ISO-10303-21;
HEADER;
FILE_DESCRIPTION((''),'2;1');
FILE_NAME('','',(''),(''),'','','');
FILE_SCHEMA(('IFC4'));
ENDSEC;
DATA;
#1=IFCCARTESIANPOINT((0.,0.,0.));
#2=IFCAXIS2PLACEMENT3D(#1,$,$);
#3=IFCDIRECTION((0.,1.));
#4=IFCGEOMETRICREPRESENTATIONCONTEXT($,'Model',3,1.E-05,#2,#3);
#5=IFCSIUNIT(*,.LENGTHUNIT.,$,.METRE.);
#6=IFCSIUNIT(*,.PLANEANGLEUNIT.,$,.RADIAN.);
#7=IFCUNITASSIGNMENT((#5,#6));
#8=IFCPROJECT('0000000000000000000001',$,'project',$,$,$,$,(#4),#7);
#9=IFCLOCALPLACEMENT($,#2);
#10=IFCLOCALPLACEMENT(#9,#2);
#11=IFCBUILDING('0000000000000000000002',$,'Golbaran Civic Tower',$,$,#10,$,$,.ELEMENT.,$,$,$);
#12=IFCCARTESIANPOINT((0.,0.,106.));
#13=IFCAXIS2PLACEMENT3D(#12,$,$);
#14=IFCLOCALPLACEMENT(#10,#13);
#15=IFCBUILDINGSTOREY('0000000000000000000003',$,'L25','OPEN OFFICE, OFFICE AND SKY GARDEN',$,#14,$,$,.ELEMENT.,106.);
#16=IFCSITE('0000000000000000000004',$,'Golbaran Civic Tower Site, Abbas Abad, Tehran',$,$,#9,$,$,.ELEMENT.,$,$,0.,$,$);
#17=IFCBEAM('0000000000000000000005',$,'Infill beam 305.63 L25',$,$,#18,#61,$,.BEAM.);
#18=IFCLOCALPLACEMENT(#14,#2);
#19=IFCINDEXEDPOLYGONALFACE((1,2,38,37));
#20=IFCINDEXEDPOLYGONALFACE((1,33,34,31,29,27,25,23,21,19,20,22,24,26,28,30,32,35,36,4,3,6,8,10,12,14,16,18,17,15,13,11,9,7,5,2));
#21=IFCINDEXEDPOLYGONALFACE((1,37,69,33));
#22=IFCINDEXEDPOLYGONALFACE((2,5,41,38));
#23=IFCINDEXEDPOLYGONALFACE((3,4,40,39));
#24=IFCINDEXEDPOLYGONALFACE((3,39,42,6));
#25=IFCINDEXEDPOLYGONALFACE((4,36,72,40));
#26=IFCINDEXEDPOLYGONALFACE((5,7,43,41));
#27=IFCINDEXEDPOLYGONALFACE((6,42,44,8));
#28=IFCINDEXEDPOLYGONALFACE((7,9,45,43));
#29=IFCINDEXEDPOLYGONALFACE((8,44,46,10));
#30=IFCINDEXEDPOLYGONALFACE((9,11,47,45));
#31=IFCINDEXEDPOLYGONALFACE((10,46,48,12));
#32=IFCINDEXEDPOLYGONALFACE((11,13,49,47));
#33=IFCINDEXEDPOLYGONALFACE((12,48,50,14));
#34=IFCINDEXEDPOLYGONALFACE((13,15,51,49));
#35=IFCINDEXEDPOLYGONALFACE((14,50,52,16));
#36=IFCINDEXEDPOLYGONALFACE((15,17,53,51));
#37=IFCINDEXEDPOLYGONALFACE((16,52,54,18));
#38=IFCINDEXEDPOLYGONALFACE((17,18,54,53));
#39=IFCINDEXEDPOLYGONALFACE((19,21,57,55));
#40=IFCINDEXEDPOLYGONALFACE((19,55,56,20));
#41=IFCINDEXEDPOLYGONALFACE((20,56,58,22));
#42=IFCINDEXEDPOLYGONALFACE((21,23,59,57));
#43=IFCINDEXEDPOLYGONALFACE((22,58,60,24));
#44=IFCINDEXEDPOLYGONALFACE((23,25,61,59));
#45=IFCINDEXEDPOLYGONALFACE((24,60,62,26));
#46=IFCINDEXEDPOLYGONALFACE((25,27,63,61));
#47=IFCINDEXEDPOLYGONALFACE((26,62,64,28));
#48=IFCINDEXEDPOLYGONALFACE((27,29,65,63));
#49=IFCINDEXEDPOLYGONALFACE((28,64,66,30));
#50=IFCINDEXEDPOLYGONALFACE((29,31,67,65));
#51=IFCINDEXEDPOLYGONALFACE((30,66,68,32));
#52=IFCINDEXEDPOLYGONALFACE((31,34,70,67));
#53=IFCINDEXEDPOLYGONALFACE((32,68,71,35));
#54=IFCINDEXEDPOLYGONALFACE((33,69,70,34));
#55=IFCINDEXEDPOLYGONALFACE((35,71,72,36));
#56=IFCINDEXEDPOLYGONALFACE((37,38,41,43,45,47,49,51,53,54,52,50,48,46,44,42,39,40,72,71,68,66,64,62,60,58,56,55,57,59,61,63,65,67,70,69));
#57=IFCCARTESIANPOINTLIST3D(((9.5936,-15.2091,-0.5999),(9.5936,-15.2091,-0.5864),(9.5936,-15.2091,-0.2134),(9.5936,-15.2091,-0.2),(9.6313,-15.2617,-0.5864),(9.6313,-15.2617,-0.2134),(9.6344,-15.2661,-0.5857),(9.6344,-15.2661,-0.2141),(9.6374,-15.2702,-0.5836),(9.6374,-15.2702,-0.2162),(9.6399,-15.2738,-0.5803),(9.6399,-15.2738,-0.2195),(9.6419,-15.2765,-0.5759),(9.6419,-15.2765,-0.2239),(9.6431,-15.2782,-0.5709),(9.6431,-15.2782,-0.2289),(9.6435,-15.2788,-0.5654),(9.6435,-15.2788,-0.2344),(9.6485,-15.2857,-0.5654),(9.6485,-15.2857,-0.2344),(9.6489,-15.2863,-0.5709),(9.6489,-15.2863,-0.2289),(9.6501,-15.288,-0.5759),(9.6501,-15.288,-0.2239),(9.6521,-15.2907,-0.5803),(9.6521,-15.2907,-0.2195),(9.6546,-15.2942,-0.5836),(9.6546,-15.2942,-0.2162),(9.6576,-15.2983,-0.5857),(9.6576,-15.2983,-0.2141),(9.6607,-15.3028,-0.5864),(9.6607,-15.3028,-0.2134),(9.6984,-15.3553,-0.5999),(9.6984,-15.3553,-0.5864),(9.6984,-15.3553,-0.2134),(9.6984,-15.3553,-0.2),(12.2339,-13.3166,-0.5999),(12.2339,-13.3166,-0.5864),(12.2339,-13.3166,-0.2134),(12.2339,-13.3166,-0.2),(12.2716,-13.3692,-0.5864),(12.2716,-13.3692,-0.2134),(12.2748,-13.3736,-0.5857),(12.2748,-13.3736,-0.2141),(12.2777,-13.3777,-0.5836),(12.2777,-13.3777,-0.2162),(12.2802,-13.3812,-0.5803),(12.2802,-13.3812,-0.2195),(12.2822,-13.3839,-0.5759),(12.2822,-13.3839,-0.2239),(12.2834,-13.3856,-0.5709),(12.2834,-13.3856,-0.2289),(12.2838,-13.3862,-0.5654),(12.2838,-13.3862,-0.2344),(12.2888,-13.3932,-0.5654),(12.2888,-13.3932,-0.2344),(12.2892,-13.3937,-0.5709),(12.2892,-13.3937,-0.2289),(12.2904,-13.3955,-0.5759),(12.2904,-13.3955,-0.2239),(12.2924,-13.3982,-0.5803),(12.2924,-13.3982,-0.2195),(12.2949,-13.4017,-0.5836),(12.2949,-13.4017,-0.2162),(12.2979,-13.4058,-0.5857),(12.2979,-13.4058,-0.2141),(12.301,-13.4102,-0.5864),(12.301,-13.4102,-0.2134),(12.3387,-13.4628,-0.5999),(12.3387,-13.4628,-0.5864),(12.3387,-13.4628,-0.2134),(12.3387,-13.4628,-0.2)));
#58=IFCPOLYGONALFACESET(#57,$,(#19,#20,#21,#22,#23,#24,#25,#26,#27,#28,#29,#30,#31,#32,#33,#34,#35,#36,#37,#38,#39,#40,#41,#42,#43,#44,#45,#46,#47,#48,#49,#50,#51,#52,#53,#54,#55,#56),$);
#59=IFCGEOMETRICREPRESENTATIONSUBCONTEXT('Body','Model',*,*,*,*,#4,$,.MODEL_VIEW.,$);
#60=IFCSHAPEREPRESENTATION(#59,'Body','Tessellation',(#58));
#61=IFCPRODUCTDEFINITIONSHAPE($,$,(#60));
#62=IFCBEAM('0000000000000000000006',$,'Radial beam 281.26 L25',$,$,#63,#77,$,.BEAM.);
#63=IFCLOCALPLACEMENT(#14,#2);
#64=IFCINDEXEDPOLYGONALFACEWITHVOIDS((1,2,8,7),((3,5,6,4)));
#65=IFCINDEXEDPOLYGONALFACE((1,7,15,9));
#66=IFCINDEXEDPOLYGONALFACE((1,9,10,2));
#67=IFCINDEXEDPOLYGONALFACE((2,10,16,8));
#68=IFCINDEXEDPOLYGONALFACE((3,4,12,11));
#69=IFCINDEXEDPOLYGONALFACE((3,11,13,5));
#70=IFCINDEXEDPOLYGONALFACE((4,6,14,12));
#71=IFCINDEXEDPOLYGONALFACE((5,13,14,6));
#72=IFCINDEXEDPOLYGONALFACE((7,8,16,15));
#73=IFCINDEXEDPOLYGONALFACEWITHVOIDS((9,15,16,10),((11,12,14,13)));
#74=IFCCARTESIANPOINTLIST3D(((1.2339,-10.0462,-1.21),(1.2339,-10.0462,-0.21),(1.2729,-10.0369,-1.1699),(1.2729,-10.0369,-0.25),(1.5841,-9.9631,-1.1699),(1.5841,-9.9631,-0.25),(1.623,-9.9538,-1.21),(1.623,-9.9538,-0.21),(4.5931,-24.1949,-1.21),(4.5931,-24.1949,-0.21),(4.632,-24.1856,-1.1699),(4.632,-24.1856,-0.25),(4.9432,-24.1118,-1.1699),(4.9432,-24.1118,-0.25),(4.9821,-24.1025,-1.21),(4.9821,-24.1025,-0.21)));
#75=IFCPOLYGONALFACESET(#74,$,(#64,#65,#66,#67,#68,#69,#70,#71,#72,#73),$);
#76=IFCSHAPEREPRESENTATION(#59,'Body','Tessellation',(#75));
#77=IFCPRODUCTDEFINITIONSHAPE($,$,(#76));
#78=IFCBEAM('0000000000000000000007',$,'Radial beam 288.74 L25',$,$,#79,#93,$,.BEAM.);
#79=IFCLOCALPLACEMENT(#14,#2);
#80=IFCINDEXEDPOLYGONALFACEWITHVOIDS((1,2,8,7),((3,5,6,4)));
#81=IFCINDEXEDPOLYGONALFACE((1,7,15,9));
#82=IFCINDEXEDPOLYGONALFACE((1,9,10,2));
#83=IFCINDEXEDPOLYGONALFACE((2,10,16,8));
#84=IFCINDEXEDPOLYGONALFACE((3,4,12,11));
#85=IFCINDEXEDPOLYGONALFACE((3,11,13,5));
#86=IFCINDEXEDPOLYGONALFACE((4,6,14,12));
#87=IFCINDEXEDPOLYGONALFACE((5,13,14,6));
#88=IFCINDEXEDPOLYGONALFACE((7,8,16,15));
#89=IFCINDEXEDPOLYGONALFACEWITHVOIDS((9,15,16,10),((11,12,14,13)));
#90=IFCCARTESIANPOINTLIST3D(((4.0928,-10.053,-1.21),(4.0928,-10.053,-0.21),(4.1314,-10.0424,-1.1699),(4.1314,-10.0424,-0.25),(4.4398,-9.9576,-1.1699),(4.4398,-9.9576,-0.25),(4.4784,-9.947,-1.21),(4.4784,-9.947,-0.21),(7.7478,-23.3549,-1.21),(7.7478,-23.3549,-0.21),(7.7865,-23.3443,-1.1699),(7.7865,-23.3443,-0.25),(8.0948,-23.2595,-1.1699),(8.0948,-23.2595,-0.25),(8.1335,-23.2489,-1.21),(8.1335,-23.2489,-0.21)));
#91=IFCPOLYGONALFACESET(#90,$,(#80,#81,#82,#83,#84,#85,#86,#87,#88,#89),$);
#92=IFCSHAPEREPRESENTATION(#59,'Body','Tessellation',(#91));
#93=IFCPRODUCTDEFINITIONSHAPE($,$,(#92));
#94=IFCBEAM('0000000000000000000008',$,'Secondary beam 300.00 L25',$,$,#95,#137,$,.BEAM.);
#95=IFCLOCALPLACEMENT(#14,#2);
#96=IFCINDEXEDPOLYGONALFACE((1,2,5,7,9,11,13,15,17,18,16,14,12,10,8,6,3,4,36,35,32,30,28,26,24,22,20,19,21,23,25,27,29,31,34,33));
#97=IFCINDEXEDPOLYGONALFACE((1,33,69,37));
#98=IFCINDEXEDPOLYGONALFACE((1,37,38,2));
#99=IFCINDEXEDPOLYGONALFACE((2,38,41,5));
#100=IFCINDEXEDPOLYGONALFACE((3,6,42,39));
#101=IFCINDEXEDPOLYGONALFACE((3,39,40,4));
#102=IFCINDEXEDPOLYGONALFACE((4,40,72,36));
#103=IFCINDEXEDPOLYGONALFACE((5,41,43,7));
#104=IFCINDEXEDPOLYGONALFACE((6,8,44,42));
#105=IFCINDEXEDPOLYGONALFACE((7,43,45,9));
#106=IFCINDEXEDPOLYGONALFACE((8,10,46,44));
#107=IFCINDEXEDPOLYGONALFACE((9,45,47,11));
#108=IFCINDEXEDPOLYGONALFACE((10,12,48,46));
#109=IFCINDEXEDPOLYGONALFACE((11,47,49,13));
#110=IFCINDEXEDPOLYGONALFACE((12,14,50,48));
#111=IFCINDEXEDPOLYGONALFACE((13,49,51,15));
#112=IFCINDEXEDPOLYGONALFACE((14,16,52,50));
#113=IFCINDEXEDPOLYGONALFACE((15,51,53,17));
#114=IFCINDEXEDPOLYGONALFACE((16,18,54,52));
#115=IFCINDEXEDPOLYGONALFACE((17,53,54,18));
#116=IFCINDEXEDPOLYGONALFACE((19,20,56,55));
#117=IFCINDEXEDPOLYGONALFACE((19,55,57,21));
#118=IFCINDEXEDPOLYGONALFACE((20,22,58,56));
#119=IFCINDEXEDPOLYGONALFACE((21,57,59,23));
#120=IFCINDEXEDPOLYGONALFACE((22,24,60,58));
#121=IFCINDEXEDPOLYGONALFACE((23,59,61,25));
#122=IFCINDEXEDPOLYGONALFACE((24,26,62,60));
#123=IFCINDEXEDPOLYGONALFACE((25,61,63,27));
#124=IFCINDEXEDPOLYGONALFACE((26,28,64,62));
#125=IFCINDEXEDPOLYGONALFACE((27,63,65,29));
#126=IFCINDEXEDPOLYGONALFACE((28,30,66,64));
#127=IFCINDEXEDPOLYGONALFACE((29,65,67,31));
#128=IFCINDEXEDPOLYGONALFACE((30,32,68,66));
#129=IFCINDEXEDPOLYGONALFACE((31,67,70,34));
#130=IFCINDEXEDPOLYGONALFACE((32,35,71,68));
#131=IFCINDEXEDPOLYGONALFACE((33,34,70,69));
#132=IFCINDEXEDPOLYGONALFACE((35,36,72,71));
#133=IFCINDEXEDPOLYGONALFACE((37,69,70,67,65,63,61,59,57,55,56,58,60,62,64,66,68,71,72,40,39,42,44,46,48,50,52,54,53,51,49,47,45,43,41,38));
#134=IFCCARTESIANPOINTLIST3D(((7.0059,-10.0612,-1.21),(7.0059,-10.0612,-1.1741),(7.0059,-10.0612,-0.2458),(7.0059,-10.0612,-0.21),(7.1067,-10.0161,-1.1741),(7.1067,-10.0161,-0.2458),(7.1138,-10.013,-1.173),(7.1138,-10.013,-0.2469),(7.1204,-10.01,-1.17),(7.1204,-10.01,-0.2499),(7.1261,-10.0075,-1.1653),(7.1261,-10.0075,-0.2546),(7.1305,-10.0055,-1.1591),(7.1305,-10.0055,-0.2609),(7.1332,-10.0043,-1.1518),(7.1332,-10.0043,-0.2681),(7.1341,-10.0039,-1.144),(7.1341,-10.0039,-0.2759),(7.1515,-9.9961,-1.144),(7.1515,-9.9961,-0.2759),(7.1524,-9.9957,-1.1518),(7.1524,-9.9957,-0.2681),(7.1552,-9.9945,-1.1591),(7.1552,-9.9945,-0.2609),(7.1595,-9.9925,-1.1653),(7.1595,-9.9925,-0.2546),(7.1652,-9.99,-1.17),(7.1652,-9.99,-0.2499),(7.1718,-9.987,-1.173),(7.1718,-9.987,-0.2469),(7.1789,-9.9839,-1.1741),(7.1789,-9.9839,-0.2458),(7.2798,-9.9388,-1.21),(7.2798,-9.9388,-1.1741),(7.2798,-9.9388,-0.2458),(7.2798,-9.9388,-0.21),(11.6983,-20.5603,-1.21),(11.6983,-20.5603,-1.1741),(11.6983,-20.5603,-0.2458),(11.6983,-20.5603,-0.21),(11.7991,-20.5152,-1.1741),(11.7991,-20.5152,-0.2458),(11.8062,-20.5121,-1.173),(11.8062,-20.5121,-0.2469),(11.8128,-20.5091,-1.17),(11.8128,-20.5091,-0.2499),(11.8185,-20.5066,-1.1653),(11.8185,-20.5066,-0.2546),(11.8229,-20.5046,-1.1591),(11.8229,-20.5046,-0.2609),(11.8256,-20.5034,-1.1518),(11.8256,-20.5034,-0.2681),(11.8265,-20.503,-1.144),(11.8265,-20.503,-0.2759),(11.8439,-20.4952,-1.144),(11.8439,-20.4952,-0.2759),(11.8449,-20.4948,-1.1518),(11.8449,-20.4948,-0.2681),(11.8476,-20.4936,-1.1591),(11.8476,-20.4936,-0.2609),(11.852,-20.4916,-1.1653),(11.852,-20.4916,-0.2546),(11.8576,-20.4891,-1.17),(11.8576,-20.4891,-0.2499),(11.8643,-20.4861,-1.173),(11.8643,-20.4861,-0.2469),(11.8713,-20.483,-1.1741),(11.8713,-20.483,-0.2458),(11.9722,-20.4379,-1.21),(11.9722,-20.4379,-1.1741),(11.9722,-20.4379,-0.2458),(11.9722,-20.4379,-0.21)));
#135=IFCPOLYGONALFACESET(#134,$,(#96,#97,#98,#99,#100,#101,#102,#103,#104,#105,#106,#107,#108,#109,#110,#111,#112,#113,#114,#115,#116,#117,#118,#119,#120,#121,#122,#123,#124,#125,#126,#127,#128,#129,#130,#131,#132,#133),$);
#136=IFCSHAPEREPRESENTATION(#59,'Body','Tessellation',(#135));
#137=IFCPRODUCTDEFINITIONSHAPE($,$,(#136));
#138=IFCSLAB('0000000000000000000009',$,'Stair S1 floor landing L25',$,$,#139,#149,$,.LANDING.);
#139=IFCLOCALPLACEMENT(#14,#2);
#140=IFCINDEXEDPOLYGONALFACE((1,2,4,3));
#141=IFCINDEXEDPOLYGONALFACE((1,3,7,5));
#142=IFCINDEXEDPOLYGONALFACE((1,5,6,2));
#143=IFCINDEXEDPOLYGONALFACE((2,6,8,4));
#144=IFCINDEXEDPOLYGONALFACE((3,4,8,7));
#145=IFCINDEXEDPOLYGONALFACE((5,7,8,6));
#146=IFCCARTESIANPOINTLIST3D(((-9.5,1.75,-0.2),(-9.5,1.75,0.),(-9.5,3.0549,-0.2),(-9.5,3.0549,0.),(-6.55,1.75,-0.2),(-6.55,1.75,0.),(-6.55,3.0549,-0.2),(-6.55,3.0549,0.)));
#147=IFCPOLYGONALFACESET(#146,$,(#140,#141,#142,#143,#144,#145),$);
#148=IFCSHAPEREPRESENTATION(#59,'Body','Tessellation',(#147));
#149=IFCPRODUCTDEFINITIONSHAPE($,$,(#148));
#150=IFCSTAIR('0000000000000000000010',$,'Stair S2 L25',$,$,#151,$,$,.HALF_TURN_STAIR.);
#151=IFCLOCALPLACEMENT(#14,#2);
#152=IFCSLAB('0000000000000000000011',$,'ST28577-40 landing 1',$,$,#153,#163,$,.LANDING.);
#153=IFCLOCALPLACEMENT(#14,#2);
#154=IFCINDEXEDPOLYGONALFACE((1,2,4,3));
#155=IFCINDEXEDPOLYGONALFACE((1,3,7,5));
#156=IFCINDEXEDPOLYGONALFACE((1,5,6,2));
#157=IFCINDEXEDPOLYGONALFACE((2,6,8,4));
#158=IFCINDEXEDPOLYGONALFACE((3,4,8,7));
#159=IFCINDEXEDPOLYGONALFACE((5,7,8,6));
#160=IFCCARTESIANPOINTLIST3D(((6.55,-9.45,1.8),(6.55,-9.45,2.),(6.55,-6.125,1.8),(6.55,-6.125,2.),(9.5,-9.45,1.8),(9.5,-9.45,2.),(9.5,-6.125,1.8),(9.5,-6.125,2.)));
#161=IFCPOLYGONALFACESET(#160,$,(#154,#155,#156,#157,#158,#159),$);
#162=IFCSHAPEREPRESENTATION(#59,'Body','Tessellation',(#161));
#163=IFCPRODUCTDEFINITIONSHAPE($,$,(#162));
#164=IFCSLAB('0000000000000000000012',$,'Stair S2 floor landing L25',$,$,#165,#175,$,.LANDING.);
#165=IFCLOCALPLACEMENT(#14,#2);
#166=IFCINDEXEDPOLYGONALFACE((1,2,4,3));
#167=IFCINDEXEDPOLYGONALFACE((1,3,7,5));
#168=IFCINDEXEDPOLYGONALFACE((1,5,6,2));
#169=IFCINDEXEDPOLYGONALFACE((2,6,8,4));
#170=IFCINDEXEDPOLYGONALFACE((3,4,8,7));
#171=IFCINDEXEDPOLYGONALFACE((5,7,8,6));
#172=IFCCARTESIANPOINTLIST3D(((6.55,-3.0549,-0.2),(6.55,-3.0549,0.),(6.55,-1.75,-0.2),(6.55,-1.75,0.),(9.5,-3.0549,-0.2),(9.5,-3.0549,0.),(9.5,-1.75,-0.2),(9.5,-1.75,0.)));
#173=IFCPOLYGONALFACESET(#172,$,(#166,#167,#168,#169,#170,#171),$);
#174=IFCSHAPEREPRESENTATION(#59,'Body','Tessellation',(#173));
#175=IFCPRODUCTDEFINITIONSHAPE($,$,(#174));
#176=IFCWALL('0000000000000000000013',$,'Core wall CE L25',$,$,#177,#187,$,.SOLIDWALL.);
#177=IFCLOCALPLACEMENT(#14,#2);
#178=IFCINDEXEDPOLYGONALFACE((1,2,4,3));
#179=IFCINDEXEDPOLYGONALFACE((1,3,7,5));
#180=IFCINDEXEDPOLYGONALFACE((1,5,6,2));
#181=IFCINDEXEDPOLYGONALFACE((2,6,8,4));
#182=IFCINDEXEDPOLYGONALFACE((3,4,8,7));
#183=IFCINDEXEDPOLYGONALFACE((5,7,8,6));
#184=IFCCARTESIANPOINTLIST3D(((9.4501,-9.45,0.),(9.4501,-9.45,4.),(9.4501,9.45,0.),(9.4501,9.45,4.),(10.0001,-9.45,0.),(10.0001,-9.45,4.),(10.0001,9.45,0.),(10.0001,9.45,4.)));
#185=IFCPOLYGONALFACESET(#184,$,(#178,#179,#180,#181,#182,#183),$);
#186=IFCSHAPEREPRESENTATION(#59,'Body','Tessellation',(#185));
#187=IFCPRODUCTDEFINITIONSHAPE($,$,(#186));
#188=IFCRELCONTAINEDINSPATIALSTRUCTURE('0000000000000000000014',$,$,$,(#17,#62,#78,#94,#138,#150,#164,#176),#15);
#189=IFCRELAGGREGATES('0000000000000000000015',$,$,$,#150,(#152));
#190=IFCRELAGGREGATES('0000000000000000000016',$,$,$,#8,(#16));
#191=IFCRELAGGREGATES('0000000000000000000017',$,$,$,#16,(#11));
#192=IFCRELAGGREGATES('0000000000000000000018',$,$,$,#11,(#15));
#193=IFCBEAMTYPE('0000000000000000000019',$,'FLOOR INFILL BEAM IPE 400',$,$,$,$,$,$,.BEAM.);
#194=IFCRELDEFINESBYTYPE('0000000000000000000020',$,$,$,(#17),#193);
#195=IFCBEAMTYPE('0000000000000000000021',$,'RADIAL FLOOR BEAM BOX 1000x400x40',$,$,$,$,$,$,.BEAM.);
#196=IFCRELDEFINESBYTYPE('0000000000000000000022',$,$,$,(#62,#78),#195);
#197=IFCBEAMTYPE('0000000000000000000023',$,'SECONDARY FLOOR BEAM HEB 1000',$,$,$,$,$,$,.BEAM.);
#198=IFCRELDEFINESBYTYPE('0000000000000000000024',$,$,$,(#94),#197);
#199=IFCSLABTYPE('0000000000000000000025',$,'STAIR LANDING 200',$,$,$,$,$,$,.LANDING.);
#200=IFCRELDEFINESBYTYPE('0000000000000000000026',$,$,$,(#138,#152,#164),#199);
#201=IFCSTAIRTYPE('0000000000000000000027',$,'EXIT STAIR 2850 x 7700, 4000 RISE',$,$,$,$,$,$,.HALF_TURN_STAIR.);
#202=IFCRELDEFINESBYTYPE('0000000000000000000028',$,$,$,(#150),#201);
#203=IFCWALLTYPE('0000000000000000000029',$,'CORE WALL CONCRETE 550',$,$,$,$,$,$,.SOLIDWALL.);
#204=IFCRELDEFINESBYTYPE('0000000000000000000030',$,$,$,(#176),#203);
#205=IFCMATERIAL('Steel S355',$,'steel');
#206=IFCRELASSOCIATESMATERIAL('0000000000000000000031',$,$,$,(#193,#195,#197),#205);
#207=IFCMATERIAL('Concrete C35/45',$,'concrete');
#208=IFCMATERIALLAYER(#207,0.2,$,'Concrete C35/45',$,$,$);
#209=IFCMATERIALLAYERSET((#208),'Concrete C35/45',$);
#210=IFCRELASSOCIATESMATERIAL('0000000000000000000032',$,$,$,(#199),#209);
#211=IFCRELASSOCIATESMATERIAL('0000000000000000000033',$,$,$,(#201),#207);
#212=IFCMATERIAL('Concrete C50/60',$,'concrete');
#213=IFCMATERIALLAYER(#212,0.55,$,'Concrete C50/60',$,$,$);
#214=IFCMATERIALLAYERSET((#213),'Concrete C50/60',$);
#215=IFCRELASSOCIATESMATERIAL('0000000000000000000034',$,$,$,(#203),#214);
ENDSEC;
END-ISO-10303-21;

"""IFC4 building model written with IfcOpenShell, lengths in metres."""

from ifc_helpers import new_model, si_unit, direction, frame, frame_2d, origin, origin_2d, place, context, subcontext, project, spatial, polyline, rectangle, hollow_rectangle, i_section, outline, extrude, material, layer, layer_set, material_profile, profile_set, type_object, element, aggregate, save


model = new_model("IFC4")

# Units and contexts
model_context = context("Model", 3, precision=1e-05, world=origin(), true_north=direction((0.0, 1.0)))
body_context = subcontext(model_context, "Body", "Model", "MODEL_VIEW")
ifc_project = project(units=[si_unit("LENGTHUNIT", "METRE"), si_unit("PLANEANGLEUNIT", "RADIAN")], contexts=[model_context])

# Site, building, storey
site_placement = place(None, origin())
site = spatial("IfcSite", under=ifc_project, at=site_placement, Name="Golbaran Civic Tower Site, Abbas Abad, Tehran", CompositionType="ELEMENT", RefElevation=0.0)
building_placement = place(site_placement, origin())
building = spatial("IfcBuilding", under=site, at=building_placement, Name="Golbaran Civic Tower", CompositionType="ELEMENT")
storey_placement = place(building_placement, frame((0.0, 0.0, 106.0)))
storey = spatial("IfcBuildingStorey", under=building, at=storey_placement, Name="L25", Description="OPEN OFFICE, OFFICE AND SKY GARDEN", CompositionType="ELEMENT", Elevation=106.0)

# Beams
ifc_material_1 = material(Name="Steel S355", Category="steel")
ifc_material_profile_1 = material_profile(ifc_material_1, i_section(OverallWidth=0.1799, OverallDepth=0.3999, WebThickness=0.0085, FlangeThickness=0.0134, FilletRadius=0.021, at=origin_2d()), Name="IPE 400")
ifc_profile_set_1 = profile_set([ifc_material_profile_1], Name="Steel S355")
beam_type_1 = type_object("IfcBeamType", Name="FLOOR INFILL BEAM IPE 400", PredefinedType="BEAM", material=ifc_profile_set_1)
beam_1_placement = place(storey_placement, frame((9.646, -15.2822, -0.3999), z_axis=(0.812773, 0.582581, 0.0), x_axis=(-0.582581, 0.812773, 0.0)))
element("IfcBeam", 1, at=beam_1_placement, inside=storey, type_object=beam_type_1, Name="Infill beam 305.63 L25", PredefinedType="BEAM", context=body_context, shape_type="SweptSolid", body=[
    extrude(i_section(OverallWidth=0.1799, OverallDepth=0.3999, WebThickness=0.0085, FlangeThickness=0.0134, FilletRadius=0.021, at=origin_2d()), origin(), (0.0, 0.0, 1.0), 3.2485),
])
ifc_material_profile_2 = material_profile(ifc_material_1, hollow_rectangle(XDim=0.3999, YDim=1.0, WallThickness=0.04, at=origin_2d()), Name="BOX 1000x400x40")
ifc_profile_set_2 = profile_set([ifc_material_profile_2], Name="Steel S355")
beam_type_2 = type_object("IfcBeamType", Name="RADIAL FLOOR BEAM BOX 1000x400x40", PredefinedType="BEAM", material=ifc_profile_set_2)
beam_2_placement = place(storey_placement, frame((1.4285, -10.0, -0.71), z_axis=(0.230996, -0.972955, 0.0), x_axis=(0.972955, 0.230996, 0.0)))
element("IfcBeam", 2, at=beam_2_placement, inside=storey, type_object=beam_type_2, Name="Radial beam 281.26 L25", PredefinedType="BEAM", context=body_context, shape_type="SweptSolid", body=[
    extrude(hollow_rectangle(XDim=0.3999, YDim=1.0, WallThickness=0.04, at=origin_2d()), origin(), (0.0, 0.0, 1.0), 14.542),
])
beam_3_placement = place(storey_placement, frame((4.2856, -10.0, -0.71), z_axis=(0.264953, -0.964261, 0.0), x_axis=(0.964261, 0.264953, 0.0)))
element("IfcBeam", 3, at=beam_3_placement, inside=storey, type_object=beam_type_2, Name="Radial beam 288.74 L25", PredefinedType="BEAM", context=body_context, shape_type="SweptSolid", body=[
    extrude(hollow_rectangle(XDim=0.3999, YDim=1.0, WallThickness=0.04, at=origin_2d()), origin(), (0.0, 0.0, 1.0), 13.7949),
])
ifc_material_profile_3 = material_profile(ifc_material_1, i_section(OverallWidth=0.3, OverallDepth=1.0, WebThickness=0.019, FlangeThickness=0.0359, FilletRadius=0.03, at=origin_2d()), Name="HEB 1000")
ifc_profile_set_3 = profile_set([ifc_material_profile_3], Name="Steel S355")
beam_type_3 = type_object("IfcBeamType", Name="SECONDARY FLOOR BEAM HEB 1000", PredefinedType="BEAM", material=ifc_profile_set_3)
beam_4_placement = place(storey_placement, frame((7.1428, -10.0, -0.71), z_axis=(0.408036, -0.912966, 0.0), x_axis=(0.912966, 0.408036, 0.0)))
element("IfcBeam", 4, at=beam_4_placement, inside=storey, type_object=beam_type_3, Name="Secondary beam 300.00 L25", PredefinedType="BEAM", context=body_context, shape_type="SweptSolid", body=[
    extrude(i_section(OverallWidth=0.3, OverallDepth=1.0, WebThickness=0.019, FlangeThickness=0.0359, FilletRadius=0.03, at=origin_2d()), origin(), (0.0, 0.0, 1.0), 11.5),
])

# Slab
ifc_material_2 = material(Name="Concrete C35/45", Category="concrete")
ifc_layer_1 = layer(ifc_material_2, 0.2, Name="Concrete C35/45")
ifc_layer_set_1 = layer_set([ifc_layer_1], Name="Concrete C35/45")
slab_type = type_object("IfcSlabType", Name="STAIR LANDING 200", PredefinedType="LANDING", material=ifc_layer_set_1)
slab_1_placement = place(storey_placement, frame((0.0, 0.0, -0.2)))
element("IfcSlab", 5, at=slab_1_placement, inside=storey, type_object=slab_type, Name="Stair S1 floor landing L25", PredefinedType="LANDING", context=body_context, shape_type="SweptSolid", body=[
    extrude(outline(polyline([(-9.5, 1.75), (-9.5, 3.0549), (-6.55, 3.0549), (-6.55, 1.75), (-9.5, 1.75)])), origin(), (0.0, 0.0, 1.0), 0.2),
])

# Stair, slab
stair_type = type_object("IfcStairType", Name="EXIT STAIR 2850 x 7700, 4000 RISE", PredefinedType="HALF_TURN_STAIR", material=ifc_material_2)
stair_placement = place(storey_placement, origin())
stair = element("IfcStair", 6, at=stair_placement, inside=storey, type_object=stair_type, Name="Stair S2 L25", PredefinedType="HALF_TURN_STAIR")
slab_2_placement = place(storey_placement, frame((0.0, 0.0, 1.8)))
slab_2 = element("IfcSlab", 7, at=slab_2_placement, type_object=slab_type, Name="ST28577-40 landing 1", PredefinedType="LANDING", context=body_context, shape_type="SweptSolid", body=[
    extrude(outline(polyline([(9.5, -6.125), (9.5, -9.45), (6.55, -9.45), (6.55, -6.125), (9.5, -6.125)])), origin(), (0.0, 0.0, 1.0), 0.2),
])

# Slab
slab_3_placement = place(storey_placement, frame((0.0, 0.0, -0.2)))
element("IfcSlab", 8, at=slab_3_placement, inside=storey, type_object=slab_type, Name="Stair S2 floor landing L25", PredefinedType="LANDING", context=body_context, shape_type="SweptSolid", body=[
    extrude(outline(polyline([(9.5, -1.75), (9.5, -3.0549), (6.55, -3.0549), (6.55, -1.75), (9.5, -1.75)])), origin(), (0.0, 0.0, 1.0), 0.2),
])

# Wall
ifc_material_3 = material(Name="Concrete C50/60", Category="concrete")
ifc_layer_2 = layer(ifc_material_3, 0.55, Name="Concrete C50/60")
ifc_layer_set_2 = layer_set([ifc_layer_2], Name="Concrete C50/60")
wall_type_1 = type_object("IfcWallType", Name="CORE WALL CONCRETE 550", PredefinedType="SOLIDWALL", material=ifc_layer_set_2)
wall_1_placement = place(storey_placement, frame((9.7251, -9.45, 0.0), z_axis=(0.0, 0.0, 1.0), x_axis=(0.0, 1.0, 0.0)))
element("IfcWall", 9, at=wall_1_placement, inside=storey, type_object=wall_type_1, Name="Core wall CE L25", PredefinedType="SOLIDWALL", context=body_context, shape_type="SweptSolid", body=[
    extrude(rectangle(XDim=18.8999, YDim=0.55, at=frame_2d((9.45, 0.0))), origin(), (0.0, 0.0, 1.0), 4.0),
])

aggregate(stair, [slab_2])

save(model, "model.ifc")
